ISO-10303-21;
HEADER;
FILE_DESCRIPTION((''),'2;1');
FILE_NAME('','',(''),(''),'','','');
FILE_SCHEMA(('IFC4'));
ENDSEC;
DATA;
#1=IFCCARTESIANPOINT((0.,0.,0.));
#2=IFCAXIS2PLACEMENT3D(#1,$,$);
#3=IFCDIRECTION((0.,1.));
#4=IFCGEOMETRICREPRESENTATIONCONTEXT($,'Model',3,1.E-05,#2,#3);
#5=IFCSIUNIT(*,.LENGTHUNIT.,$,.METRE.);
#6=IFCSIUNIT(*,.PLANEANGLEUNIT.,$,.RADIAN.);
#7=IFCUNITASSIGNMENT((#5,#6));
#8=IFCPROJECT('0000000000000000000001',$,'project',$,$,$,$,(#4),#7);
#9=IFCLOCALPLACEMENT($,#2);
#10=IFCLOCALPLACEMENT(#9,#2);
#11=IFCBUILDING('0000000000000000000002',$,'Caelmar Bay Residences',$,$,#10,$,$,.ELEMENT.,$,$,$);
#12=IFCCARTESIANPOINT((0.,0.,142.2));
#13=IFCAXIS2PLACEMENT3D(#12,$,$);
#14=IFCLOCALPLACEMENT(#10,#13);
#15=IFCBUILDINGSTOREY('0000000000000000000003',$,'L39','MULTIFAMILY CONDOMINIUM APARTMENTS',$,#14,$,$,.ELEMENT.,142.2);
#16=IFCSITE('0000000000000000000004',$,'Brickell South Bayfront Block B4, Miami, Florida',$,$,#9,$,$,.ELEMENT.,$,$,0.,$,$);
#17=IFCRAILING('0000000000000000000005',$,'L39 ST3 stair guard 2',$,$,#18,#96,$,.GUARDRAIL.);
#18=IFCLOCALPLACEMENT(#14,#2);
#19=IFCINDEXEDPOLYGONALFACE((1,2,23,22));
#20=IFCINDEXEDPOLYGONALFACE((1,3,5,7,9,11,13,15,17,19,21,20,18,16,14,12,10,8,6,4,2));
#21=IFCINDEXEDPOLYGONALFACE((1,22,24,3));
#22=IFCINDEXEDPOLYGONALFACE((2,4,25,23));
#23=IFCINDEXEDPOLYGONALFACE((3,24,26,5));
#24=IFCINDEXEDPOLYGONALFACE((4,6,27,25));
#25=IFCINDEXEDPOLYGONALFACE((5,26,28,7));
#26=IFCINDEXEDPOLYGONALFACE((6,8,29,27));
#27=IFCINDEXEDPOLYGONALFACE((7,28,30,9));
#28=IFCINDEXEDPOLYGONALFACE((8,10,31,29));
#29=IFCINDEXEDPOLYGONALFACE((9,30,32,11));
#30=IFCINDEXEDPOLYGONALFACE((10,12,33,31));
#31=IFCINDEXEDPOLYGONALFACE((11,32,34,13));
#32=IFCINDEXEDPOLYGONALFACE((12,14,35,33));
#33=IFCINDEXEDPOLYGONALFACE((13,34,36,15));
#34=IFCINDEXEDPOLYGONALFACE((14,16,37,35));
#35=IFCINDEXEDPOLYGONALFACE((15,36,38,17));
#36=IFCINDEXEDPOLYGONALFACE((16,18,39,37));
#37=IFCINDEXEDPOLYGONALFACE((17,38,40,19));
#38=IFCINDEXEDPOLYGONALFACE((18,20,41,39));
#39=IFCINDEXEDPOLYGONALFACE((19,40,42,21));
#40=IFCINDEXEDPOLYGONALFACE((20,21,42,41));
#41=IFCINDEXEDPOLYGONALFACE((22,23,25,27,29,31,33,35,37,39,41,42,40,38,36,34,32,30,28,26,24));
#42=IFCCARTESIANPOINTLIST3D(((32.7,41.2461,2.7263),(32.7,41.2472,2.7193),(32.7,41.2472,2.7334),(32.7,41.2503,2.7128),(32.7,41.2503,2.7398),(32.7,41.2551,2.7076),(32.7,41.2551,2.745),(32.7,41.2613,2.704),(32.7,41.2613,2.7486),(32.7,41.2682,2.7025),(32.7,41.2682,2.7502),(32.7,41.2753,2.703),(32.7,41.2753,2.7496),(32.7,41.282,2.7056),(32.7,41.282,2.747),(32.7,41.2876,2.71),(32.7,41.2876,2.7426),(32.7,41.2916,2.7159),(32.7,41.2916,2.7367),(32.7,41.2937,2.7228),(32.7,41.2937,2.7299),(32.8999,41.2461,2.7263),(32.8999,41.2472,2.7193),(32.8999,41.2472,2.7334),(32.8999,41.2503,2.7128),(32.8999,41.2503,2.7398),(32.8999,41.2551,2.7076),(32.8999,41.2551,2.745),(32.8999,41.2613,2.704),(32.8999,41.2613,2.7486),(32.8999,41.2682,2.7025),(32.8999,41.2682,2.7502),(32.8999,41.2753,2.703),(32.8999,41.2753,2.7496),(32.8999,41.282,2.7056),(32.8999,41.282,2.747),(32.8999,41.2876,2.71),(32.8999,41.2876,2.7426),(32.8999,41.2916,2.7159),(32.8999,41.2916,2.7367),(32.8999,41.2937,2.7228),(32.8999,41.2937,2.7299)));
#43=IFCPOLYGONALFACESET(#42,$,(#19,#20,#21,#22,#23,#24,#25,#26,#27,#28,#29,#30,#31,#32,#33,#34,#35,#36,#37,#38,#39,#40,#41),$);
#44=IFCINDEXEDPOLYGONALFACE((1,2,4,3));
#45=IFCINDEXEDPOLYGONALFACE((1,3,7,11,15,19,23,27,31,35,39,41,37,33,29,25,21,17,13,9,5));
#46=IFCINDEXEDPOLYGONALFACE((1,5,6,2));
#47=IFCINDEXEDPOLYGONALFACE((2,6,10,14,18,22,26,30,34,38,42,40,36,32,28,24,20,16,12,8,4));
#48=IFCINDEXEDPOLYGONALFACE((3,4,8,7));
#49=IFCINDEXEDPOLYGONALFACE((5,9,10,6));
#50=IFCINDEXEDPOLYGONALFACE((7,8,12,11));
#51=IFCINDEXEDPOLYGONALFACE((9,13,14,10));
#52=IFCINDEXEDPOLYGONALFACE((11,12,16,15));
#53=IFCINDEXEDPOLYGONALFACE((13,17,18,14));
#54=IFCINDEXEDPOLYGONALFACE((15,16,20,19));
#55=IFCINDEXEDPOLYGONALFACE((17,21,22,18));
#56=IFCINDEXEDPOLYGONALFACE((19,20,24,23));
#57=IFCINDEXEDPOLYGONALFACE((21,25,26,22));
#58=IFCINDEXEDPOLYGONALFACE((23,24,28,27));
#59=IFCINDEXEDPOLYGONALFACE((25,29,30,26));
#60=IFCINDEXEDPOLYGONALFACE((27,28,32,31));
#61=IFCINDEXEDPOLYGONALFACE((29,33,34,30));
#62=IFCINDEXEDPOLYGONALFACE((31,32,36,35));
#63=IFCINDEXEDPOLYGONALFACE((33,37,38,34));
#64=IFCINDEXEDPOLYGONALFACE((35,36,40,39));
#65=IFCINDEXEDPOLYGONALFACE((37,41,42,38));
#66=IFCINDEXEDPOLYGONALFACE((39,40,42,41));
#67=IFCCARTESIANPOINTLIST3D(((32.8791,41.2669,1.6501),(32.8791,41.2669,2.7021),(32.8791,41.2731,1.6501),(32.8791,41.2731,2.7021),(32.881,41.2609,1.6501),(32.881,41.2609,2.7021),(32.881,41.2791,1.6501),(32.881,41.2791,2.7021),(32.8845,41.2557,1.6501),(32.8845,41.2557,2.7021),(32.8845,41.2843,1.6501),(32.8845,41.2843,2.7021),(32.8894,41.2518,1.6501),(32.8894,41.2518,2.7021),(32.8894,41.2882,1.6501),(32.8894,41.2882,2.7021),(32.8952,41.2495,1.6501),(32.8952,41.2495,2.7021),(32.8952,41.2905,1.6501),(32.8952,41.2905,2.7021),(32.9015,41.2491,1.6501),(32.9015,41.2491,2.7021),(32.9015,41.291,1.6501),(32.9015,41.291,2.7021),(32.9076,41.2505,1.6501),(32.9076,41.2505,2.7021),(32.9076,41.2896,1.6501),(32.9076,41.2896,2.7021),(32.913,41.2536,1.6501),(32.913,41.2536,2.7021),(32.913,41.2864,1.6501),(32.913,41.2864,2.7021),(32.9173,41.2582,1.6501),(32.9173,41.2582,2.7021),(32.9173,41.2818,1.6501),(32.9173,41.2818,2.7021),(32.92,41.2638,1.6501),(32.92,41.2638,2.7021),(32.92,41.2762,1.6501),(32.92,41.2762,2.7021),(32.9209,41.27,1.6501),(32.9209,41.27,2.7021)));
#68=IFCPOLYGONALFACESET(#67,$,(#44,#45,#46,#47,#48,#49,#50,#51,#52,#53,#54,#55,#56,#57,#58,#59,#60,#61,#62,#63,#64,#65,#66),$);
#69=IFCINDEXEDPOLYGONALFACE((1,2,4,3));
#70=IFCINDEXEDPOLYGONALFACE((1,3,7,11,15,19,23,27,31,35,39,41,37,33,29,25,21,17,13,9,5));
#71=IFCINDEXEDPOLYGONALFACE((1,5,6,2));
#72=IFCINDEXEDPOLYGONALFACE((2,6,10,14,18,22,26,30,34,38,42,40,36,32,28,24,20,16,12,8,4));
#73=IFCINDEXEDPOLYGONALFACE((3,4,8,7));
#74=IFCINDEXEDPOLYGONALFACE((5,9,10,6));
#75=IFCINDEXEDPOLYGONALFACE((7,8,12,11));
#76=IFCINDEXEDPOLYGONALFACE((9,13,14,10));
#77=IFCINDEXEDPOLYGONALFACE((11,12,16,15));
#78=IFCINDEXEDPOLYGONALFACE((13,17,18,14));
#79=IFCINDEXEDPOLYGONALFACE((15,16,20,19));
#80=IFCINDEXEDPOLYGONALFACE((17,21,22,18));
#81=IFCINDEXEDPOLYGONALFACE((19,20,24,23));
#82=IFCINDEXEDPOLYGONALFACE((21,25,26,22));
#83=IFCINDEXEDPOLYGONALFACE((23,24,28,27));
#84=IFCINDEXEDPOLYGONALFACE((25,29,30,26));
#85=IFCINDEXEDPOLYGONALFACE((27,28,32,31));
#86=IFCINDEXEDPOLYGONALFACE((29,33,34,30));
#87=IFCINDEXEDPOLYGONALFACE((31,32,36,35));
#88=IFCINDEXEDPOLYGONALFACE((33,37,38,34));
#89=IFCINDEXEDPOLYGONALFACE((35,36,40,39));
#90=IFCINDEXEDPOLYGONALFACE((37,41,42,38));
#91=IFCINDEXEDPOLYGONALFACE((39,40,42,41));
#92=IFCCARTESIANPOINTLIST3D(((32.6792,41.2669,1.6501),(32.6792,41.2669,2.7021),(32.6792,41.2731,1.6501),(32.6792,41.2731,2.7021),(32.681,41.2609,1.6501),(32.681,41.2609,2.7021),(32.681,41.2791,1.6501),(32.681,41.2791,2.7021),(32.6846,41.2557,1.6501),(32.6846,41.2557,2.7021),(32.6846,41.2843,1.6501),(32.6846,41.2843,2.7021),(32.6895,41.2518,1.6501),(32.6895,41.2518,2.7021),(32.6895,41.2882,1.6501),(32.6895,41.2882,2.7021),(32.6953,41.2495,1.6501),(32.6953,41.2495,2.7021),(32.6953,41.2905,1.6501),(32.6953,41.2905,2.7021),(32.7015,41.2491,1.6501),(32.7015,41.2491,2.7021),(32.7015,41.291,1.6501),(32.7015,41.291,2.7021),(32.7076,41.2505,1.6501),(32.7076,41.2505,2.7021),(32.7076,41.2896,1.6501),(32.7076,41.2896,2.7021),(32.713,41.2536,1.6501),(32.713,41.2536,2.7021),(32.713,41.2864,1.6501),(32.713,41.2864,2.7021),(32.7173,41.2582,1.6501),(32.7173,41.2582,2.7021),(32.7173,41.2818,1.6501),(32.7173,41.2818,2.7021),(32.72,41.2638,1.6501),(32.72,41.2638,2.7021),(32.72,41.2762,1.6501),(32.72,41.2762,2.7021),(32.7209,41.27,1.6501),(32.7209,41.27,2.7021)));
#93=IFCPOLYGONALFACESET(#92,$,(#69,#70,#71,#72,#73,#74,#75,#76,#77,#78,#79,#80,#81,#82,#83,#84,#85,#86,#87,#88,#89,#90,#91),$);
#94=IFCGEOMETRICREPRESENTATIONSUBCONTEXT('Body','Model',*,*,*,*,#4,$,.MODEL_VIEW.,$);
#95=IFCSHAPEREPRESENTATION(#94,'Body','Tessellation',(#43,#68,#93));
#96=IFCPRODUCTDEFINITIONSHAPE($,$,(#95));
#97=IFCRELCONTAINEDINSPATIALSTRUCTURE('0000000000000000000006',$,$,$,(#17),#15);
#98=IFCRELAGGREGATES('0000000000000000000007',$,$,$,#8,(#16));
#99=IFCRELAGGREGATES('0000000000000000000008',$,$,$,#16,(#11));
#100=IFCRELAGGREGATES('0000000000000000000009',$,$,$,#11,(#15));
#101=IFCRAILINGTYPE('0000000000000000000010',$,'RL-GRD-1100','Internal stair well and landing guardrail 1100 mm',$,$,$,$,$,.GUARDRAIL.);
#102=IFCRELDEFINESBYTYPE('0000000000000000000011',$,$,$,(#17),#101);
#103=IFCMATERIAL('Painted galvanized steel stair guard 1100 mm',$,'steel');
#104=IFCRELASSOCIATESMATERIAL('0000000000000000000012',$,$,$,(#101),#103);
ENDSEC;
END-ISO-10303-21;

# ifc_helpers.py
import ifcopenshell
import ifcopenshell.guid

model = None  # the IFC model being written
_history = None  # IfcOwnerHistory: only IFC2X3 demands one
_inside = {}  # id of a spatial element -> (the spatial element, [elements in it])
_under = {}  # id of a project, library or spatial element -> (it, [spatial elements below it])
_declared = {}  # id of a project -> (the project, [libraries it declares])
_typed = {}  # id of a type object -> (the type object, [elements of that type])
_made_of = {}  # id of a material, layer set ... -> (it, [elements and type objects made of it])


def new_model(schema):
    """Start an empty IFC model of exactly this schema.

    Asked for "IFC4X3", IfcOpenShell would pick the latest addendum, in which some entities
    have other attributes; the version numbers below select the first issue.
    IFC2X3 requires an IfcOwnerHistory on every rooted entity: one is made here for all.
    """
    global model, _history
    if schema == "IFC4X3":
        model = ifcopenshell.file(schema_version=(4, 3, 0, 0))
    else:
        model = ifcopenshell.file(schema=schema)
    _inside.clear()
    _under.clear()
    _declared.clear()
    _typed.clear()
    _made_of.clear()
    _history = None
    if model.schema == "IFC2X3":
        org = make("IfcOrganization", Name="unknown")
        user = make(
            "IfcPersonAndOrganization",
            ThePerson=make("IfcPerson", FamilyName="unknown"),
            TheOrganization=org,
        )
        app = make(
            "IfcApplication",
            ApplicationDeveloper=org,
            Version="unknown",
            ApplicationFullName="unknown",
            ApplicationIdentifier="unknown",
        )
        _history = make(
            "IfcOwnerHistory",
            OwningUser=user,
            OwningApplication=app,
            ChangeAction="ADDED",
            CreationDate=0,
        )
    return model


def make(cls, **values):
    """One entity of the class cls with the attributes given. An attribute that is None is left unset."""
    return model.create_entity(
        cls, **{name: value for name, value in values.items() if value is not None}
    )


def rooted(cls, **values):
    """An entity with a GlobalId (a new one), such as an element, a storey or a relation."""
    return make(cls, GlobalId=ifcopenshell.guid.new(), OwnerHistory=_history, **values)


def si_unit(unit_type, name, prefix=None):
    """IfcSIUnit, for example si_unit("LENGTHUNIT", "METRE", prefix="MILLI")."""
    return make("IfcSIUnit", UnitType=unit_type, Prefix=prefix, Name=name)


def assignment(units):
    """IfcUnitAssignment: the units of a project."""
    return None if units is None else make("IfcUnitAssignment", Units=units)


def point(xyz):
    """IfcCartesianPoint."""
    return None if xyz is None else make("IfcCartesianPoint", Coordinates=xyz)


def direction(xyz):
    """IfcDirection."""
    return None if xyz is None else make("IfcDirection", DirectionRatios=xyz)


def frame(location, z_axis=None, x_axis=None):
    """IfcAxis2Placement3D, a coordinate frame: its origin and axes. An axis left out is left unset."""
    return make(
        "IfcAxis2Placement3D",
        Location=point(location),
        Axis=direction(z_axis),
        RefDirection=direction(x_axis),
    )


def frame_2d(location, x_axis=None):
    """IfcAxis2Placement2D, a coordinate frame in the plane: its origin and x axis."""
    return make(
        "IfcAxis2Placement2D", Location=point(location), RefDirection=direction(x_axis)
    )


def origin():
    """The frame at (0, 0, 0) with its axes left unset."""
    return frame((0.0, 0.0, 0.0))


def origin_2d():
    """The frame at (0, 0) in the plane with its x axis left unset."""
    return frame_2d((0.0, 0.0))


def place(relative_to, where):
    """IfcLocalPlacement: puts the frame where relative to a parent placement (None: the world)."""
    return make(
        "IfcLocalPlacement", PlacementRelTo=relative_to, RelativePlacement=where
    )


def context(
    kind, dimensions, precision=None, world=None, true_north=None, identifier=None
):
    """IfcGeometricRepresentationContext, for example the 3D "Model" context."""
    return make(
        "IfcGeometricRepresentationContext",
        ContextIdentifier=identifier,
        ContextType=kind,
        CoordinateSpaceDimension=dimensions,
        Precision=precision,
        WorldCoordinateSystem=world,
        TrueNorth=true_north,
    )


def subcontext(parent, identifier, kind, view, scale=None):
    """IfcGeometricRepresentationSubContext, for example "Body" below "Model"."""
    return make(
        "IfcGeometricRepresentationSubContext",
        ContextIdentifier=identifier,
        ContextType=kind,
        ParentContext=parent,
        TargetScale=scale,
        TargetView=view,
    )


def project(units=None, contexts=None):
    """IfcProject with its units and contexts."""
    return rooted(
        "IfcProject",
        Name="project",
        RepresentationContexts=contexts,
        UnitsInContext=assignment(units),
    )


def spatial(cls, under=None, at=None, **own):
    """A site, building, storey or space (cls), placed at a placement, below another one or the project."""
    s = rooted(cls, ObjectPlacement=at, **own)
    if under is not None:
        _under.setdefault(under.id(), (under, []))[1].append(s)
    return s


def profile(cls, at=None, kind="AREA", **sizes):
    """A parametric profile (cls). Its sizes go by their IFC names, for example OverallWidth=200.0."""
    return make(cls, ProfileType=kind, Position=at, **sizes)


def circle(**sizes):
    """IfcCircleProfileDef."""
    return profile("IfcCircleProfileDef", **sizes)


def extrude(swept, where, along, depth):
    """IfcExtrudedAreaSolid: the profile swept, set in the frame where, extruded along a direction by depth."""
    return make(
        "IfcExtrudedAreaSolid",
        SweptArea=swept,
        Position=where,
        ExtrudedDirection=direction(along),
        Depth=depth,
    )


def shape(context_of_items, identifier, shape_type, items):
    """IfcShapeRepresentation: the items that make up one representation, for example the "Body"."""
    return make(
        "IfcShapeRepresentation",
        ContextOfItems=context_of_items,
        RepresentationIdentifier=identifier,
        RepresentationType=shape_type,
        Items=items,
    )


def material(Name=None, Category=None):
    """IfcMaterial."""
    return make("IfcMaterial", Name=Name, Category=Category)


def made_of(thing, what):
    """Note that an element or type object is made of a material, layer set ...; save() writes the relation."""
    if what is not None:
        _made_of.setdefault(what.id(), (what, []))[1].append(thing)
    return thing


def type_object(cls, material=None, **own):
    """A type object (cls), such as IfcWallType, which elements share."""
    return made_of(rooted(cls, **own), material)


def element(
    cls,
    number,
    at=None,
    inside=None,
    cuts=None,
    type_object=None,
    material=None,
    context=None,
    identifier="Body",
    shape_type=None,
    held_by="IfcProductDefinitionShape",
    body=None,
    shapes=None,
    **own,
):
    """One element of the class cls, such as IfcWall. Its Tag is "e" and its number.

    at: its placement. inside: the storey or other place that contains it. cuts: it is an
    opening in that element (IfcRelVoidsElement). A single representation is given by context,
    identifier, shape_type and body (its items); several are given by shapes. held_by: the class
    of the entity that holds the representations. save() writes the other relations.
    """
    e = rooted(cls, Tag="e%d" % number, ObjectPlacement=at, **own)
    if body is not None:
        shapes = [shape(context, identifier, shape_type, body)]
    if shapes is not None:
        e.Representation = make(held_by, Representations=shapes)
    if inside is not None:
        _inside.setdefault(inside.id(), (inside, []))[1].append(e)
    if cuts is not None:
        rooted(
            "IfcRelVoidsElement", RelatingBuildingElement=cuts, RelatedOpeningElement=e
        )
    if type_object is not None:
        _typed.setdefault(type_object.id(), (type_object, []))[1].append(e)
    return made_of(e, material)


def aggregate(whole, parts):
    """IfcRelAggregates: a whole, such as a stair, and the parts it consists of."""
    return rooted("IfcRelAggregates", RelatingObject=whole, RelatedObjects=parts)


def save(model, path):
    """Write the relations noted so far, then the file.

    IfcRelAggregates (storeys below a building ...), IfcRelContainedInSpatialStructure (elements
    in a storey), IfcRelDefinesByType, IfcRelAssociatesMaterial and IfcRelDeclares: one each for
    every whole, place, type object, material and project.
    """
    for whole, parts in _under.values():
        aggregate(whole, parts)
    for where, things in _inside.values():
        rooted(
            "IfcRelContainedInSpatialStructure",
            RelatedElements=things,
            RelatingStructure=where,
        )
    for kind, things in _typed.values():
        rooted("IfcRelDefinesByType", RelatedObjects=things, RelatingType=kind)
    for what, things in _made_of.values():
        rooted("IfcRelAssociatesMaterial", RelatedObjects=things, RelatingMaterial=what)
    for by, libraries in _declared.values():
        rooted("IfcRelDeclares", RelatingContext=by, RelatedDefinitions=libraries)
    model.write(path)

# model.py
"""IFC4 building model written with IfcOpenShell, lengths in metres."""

from ifc_helpers import new_model, si_unit, direction, frame, origin, origin_2d, place, context, subcontext, project, spatial, circle, extrude, material, type_object, element, save


model = new_model("IFC4")

# Units and contexts
model_context = context("Model", 3, precision=1e-05, world=origin(), true_north=direction((0.0, 1.0)))
body_context = subcontext(model_context, "Body", "Model", "MODEL_VIEW")
ifc_project = project(units=[si_unit("LENGTHUNIT", "METRE"), si_unit("PLANEANGLEUNIT", "RADIAN")], contexts=[model_context])

# Site, building, storey
site_placement = place(None, origin())
site = spatial("IfcSite", under=ifc_project, at=site_placement, Name="Brickell South Bayfront Block B4, Miami, Florida", CompositionType="ELEMENT", RefElevation=0.0)
building_placement = place(site_placement, origin())
building = spatial("IfcBuilding", under=site, at=building_placement, Name="Caelmar Bay Residences", CompositionType="ELEMENT")
storey_placement = place(building_placement, frame((0.0, 0.0, 142.2)))
storey = spatial("IfcBuildingStorey", under=building, at=storey_placement, Name="L39", Description="MULTIFAMILY CONDOMINIUM APARTMENTS", CompositionType="ELEMENT", Elevation=142.2)

# Railing
ifc_material_1 = material(Name="Painted galvanized steel stair guard 1100 mm", Category="steel")
railing_type_1 = type_object("IfcRailingType", Name="RL-GRD-1100", Description="Internal stair well and landing guardrail 1100 mm", PredefinedType="GUARDRAIL", material=ifc_material_1)
railing_1_placement = place(storey_placement, frame((32.8999, 41.27, 1.6501)))
element("IfcRailing", 1, at=railing_1_placement, inside=storey, type_object=railing_type_1, Name="L39 ST3 stair guard 2", PredefinedType="GUARDRAIL", context=body_context, shape_type="SweptSolid", body=[
    extrude(circle(Radius=0.0239, at=origin_2d()), frame((0.0, 0.0, 1.0762), z_axis=(-1.0, 0.0, 0.0), x_axis=(0.0, -1.0, 0.0)), (0.0, 0.0, 1.0), 0.2),
    extrude(circle(Radius=0.021, at=origin_2d()), origin(), (0.0, 0.0, 1.0), 1.052),
    extrude(circle(Radius=0.021, at=origin_2d()), frame((-0.2, 0.0, 0.0)), (0.0, 0.0, 1.0), 1.052),
])

save(model, "model.ifc")
